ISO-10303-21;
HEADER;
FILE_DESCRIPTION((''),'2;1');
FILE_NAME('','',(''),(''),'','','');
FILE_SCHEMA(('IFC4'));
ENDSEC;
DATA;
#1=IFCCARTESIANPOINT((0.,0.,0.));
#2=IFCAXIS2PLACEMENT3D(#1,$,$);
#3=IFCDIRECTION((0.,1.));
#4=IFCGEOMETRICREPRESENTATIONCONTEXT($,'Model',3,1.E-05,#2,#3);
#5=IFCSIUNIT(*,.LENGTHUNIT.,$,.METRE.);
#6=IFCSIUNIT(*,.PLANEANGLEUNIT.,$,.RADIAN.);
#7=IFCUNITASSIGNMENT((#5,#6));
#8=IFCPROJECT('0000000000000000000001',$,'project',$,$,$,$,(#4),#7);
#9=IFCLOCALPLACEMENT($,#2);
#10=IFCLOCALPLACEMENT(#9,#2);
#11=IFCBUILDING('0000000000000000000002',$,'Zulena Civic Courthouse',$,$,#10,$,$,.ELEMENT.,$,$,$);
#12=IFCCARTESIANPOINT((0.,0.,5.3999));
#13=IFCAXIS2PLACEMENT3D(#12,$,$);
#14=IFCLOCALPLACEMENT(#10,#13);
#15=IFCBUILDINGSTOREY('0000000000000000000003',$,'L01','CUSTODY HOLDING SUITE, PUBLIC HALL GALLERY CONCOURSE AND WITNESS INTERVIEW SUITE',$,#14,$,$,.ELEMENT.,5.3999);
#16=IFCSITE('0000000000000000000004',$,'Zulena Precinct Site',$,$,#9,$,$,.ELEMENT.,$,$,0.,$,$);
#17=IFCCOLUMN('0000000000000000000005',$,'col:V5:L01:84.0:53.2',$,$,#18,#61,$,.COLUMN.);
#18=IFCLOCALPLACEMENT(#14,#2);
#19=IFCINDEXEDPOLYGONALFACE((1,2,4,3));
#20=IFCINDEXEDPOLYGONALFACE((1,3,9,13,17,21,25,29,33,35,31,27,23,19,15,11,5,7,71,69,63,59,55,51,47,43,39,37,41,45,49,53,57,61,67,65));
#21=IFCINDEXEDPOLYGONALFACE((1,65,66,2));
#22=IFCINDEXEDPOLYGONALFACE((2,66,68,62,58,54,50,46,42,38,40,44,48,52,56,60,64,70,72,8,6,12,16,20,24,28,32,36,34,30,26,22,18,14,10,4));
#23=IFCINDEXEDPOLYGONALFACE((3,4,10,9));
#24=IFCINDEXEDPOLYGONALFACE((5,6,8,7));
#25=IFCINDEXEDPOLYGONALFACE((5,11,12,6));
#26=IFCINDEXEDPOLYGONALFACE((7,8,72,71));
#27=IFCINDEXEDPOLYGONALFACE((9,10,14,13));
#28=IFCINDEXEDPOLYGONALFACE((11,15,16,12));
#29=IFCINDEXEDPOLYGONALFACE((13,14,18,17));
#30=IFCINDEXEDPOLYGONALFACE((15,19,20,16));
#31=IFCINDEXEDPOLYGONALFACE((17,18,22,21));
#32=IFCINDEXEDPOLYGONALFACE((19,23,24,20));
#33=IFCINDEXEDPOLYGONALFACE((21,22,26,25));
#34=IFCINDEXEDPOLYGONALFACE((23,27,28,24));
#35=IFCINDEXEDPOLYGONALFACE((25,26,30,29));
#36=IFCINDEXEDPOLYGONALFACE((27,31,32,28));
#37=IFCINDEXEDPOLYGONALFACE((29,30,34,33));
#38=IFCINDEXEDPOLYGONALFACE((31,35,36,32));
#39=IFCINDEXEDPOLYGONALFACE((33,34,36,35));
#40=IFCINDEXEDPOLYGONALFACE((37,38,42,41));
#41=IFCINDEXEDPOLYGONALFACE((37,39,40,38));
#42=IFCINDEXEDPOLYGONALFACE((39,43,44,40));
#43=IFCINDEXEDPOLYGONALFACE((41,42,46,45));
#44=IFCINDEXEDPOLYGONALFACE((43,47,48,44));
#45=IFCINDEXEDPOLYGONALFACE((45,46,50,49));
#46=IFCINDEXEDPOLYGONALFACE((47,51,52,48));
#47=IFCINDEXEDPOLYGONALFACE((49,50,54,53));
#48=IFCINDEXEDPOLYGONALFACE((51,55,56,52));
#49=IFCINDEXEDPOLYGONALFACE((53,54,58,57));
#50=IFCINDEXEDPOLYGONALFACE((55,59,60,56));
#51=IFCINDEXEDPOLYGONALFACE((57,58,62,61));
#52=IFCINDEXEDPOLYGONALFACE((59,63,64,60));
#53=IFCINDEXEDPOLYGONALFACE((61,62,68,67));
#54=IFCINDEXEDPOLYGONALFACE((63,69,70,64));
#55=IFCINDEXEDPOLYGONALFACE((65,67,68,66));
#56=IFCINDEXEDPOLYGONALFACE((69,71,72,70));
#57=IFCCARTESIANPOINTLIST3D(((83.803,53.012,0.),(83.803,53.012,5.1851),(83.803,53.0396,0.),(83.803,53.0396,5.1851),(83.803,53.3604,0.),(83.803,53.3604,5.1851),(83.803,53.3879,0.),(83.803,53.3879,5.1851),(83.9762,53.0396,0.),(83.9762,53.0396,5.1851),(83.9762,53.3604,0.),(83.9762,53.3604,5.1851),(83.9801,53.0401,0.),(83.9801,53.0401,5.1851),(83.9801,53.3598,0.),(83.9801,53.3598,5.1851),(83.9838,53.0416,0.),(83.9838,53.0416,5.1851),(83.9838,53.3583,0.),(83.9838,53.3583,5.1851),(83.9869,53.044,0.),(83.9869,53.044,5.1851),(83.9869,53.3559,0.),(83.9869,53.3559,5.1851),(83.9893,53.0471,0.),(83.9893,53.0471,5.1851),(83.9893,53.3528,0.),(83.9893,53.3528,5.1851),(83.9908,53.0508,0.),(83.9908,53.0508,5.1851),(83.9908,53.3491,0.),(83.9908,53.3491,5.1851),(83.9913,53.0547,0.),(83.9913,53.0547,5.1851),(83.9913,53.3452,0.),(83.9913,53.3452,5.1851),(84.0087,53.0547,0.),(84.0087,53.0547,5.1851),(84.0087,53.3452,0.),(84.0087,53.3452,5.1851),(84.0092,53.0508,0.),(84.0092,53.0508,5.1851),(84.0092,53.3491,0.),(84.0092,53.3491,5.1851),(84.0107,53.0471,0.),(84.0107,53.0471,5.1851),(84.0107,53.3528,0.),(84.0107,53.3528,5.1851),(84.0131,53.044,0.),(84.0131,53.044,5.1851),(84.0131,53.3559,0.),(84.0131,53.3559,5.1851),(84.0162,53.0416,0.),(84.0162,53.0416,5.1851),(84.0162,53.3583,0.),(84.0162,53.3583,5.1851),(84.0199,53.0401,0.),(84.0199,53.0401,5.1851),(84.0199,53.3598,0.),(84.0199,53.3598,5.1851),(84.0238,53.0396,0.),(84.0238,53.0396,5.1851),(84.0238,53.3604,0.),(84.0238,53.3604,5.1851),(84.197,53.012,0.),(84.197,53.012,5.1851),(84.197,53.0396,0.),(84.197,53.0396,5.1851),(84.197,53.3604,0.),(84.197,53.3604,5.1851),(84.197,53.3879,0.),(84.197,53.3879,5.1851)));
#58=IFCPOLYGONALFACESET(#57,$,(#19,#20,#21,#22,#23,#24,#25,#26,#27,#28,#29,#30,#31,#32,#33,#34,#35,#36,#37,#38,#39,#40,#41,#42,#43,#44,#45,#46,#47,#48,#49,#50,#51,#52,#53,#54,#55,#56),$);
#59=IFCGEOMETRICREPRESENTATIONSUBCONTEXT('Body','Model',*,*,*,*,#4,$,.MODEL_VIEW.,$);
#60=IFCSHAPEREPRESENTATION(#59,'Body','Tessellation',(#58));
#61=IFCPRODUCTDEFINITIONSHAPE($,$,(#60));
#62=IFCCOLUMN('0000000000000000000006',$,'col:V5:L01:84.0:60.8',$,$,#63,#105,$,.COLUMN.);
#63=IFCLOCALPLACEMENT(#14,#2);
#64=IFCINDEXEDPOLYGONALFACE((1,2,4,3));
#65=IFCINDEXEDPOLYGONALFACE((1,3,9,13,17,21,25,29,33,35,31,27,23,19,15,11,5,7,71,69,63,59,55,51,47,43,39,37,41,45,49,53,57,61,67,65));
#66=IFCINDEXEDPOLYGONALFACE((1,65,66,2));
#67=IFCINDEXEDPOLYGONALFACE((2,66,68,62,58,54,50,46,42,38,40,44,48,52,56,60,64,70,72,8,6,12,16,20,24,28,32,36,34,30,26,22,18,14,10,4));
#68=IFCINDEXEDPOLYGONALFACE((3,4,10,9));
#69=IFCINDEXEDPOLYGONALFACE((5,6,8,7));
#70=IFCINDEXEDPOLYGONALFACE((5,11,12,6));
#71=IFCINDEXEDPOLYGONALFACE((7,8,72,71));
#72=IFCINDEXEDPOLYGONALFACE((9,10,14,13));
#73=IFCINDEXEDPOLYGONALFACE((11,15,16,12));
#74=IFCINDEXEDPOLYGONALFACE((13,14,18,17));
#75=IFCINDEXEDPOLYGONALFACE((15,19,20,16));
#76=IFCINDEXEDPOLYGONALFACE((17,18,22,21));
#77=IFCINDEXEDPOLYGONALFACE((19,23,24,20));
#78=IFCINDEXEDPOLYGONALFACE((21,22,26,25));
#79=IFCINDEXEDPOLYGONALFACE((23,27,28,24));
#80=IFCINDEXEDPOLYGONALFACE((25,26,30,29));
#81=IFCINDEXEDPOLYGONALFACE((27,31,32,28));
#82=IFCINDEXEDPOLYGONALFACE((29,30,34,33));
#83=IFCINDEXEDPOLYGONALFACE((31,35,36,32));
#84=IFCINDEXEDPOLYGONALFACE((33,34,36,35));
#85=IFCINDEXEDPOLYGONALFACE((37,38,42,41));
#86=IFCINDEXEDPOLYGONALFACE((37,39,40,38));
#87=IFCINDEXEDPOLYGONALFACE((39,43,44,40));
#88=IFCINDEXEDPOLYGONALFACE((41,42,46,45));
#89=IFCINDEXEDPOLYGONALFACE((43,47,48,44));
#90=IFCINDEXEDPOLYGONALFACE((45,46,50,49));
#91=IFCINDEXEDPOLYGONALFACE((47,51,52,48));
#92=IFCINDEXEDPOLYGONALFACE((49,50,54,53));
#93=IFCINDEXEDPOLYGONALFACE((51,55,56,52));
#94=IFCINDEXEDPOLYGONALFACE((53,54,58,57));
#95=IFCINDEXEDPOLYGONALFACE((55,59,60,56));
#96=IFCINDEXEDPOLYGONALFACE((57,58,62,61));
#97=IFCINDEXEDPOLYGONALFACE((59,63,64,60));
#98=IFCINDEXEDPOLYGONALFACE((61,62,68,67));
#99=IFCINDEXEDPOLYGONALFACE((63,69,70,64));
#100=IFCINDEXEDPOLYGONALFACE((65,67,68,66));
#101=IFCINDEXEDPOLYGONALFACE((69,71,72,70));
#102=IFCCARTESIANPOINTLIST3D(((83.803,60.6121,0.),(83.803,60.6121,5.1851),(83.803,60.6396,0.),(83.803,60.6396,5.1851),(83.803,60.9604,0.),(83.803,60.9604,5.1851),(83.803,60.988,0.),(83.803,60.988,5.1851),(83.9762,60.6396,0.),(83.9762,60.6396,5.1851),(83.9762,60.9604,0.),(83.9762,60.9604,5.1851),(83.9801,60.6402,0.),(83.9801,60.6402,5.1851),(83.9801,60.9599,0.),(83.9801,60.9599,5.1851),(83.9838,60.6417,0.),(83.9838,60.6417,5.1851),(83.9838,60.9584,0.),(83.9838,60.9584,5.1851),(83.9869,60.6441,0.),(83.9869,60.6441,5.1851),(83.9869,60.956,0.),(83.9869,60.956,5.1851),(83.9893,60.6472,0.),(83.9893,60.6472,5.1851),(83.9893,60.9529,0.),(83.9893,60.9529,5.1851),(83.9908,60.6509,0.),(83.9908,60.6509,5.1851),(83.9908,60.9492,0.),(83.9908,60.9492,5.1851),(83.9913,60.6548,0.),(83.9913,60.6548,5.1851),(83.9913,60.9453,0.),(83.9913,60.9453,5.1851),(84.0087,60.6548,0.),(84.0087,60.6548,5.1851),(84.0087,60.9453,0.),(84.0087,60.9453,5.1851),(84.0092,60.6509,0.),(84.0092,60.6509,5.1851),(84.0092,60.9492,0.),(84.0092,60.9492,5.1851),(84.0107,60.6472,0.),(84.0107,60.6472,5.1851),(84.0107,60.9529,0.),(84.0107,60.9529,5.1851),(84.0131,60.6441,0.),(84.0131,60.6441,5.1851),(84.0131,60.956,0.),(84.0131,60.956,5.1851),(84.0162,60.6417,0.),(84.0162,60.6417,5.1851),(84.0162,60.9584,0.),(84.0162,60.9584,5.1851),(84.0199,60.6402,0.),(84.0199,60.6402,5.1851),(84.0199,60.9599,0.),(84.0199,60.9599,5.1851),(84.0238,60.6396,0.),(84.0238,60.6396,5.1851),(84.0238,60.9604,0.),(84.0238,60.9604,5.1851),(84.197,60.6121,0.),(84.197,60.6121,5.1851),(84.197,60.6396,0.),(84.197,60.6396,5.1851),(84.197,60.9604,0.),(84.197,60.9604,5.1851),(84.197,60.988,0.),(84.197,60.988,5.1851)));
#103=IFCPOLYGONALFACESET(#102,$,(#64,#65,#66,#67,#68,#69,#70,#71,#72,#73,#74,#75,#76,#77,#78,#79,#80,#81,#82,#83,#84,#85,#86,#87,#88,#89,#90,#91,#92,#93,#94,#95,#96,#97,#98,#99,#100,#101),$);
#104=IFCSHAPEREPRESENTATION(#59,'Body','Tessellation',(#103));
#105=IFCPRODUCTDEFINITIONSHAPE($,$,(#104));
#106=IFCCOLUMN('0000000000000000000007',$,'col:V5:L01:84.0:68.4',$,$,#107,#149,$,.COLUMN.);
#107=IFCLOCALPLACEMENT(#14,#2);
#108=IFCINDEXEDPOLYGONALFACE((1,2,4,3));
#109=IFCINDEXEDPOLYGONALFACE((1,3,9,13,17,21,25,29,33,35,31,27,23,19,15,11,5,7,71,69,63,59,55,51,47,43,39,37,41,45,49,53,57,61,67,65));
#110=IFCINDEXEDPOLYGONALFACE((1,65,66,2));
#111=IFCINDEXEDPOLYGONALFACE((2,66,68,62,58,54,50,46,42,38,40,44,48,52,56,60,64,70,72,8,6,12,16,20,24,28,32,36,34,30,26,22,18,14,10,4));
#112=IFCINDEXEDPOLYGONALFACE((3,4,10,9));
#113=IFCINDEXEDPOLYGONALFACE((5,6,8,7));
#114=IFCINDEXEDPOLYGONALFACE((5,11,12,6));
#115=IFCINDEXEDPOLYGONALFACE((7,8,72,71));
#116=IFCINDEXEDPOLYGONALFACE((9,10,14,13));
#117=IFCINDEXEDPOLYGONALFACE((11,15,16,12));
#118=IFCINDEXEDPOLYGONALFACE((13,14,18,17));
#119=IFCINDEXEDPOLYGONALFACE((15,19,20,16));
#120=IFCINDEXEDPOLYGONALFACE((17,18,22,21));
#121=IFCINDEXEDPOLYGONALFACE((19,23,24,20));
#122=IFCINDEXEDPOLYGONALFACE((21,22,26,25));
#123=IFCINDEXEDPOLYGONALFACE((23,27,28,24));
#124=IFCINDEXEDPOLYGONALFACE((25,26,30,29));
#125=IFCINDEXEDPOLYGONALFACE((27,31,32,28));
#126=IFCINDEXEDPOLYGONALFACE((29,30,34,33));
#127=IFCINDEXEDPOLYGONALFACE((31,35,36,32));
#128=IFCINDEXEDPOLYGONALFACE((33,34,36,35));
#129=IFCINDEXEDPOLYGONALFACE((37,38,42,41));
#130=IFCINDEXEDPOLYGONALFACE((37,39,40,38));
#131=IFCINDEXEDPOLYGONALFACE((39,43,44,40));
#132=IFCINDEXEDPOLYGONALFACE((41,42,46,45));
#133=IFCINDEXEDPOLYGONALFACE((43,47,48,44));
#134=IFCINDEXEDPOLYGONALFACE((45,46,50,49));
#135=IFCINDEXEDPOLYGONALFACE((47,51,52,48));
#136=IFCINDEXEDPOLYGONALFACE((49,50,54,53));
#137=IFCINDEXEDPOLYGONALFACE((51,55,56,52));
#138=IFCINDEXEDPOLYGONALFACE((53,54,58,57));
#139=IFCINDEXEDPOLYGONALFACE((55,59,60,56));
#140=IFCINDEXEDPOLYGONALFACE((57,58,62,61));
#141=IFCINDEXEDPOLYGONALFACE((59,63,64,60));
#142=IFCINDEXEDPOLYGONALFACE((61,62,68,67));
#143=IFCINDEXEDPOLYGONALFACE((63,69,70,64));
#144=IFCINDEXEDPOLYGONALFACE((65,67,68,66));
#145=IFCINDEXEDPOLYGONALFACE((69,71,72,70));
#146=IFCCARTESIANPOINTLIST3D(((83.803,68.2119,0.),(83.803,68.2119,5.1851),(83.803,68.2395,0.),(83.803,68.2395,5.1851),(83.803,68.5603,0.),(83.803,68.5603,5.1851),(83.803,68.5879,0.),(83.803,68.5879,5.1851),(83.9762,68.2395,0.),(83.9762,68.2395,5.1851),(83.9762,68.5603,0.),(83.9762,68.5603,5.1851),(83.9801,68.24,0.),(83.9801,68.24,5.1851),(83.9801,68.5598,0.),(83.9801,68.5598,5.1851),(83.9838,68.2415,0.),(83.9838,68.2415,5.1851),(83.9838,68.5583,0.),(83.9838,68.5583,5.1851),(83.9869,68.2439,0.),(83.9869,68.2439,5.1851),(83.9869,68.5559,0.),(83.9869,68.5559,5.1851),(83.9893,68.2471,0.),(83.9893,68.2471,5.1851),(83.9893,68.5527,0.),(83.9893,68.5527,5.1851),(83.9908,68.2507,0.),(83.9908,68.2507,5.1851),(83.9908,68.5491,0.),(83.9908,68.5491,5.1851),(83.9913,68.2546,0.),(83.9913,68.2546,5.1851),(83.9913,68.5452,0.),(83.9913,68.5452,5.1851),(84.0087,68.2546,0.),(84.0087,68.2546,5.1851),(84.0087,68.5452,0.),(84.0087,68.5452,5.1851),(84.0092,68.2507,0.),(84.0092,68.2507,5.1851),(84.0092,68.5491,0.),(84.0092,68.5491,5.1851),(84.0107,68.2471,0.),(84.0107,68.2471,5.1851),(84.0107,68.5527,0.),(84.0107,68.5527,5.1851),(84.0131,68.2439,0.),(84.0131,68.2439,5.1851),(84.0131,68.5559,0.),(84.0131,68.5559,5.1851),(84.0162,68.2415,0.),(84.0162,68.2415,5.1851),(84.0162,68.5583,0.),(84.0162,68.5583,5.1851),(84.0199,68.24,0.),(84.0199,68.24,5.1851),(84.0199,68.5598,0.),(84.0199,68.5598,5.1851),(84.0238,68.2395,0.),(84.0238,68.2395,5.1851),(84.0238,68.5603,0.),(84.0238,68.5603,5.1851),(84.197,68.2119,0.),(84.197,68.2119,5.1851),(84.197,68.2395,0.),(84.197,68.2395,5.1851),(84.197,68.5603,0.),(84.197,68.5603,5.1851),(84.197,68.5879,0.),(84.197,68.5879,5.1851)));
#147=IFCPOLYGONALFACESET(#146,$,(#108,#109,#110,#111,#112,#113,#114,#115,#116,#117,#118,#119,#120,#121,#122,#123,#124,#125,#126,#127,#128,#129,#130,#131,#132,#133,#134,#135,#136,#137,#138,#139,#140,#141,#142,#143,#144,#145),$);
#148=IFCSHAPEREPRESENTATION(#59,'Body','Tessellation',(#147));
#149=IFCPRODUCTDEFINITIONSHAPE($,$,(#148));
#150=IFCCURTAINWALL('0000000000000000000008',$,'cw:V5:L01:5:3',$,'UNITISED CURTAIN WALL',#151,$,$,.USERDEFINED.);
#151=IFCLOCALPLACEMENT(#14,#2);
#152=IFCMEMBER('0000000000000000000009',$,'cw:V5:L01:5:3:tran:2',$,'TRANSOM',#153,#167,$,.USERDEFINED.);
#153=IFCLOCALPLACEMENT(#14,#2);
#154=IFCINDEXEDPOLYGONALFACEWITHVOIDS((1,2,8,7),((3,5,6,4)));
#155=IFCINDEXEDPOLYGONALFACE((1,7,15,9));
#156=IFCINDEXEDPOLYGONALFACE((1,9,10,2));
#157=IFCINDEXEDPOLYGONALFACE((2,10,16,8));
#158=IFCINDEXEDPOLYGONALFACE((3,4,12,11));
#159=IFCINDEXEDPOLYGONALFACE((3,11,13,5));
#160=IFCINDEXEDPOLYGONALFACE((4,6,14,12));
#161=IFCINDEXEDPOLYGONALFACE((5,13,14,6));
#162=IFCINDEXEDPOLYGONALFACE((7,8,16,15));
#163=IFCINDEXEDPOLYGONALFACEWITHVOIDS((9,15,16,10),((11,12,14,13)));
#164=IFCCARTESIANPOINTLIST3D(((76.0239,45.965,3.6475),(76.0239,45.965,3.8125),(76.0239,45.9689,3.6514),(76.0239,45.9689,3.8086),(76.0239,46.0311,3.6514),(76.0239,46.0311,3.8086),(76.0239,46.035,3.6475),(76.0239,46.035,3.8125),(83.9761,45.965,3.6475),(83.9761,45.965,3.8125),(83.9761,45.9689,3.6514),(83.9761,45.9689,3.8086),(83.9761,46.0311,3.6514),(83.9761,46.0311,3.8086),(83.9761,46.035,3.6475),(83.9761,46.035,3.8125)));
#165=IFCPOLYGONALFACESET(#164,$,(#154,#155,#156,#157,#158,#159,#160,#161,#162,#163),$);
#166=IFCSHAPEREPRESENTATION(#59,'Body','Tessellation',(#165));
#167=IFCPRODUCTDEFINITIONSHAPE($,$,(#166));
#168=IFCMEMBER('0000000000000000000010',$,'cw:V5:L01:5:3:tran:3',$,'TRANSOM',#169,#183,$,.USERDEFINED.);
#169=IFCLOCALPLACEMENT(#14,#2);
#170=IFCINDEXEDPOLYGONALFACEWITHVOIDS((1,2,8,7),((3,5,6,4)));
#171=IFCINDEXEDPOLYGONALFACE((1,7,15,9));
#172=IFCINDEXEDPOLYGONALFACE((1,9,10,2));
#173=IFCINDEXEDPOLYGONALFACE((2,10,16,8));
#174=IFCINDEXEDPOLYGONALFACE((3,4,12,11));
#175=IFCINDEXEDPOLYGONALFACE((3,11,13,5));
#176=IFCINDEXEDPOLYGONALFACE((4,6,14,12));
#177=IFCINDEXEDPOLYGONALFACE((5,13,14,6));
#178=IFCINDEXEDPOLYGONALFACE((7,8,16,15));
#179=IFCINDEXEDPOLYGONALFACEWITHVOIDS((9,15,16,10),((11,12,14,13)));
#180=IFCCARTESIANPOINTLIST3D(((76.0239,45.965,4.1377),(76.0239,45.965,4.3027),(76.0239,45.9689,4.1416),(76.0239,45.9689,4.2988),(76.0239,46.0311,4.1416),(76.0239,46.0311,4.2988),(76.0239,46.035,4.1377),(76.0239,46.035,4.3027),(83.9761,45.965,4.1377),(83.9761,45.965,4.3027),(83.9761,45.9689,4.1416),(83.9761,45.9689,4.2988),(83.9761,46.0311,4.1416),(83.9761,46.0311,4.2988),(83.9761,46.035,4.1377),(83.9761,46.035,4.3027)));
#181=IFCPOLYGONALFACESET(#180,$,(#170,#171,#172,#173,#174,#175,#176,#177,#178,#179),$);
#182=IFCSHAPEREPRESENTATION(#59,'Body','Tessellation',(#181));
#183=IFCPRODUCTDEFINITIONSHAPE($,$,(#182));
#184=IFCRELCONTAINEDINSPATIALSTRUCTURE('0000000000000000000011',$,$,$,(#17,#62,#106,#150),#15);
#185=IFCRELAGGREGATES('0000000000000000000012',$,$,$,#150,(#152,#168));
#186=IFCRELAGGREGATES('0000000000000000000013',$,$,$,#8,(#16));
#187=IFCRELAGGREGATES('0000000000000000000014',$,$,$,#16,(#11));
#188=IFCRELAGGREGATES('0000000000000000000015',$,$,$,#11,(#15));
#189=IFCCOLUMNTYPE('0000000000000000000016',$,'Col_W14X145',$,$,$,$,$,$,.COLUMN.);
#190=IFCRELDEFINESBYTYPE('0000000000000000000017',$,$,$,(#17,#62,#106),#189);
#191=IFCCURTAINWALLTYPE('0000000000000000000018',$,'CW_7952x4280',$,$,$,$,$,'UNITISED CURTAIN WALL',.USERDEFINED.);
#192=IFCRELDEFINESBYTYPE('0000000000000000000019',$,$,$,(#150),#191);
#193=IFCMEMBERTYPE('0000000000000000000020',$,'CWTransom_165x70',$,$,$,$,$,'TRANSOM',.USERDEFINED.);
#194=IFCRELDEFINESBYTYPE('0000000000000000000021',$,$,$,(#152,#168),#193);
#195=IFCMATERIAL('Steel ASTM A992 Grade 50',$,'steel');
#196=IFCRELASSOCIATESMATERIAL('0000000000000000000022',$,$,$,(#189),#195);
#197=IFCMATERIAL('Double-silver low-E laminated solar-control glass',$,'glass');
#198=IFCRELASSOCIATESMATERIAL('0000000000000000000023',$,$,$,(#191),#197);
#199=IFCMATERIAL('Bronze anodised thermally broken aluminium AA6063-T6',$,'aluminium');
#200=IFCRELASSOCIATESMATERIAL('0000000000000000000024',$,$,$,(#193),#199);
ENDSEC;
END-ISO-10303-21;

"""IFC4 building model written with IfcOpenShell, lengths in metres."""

from ifc_helpers import new_model, si_unit, direction, frame, origin, origin_2d, place, context, subcontext, project, spatial, hollow_rectangle, i_section, extrude, material, material_profile, profile_set, type_object, element, aggregate, save


model = new_model("IFC4")

# Units and contexts
model_context = context("Model", 3, precision=1e-05, world=origin(), true_north=direction((0.0, 1.0)))
body_context = subcontext(model_context, "Body", "Model", "MODEL_VIEW")
ifc_project = project(units=[si_unit("LENGTHUNIT", "METRE"), si_unit("PLANEANGLEUNIT", "RADIAN")], contexts=[model_context])

# Site, building, storey
site_placement = place(None, origin())
site = spatial("IfcSite", under=ifc_project, at=site_placement, Name="Zulena Precinct Site", CompositionType="ELEMENT", RefElevation=0.0)
building_placement = place(site_placement, origin())
building = spatial("IfcBuilding", under=site, at=building_placement, Name="Zulena Civic Courthouse", CompositionType="ELEMENT")
storey_placement = place(building_placement, frame((0.0, 0.0, 5.3999)))
storey = spatial("IfcBuildingStorey", under=building, at=storey_placement, Name="L01", Description="CUSTODY HOLDING SUITE, PUBLIC HALL GALLERY CONCOURSE AND WITNESS INTERVIEW SUITE", CompositionType="ELEMENT", Elevation=5.3999)

# Columns
ifc_material_1 = material(Name="Steel ASTM A992 Grade 50", Category="steel")
ifc_material_profile_1 = material_profile(ifc_material_1, i_section(OverallWidth=0.394, OverallDepth=0.376, WebThickness=0.0173, FlangeThickness=0.0276, FilletRadius=0.0151, at=origin_2d()), Name="W14X145")
ifc_profile_set_1 = profile_set([ifc_material_profile_1], Name="Steel ASTM A992 Grade 50")
column_type_1 = type_object("IfcColumnType", Name="Col_W14X145", PredefinedType="COLUMN", material=ifc_profile_set_1)
for number, where, z_axis, x_axis, name in (
    (1, (84.0, 53.2, 0.0), (0.0, 0.0, 1.0), (1.0, 0.0, 0.0), "col:V5:L01:84.0:53.2"),
    (2, (84.0, 60.8, 0.0), (0.0, 0.0, 1.0), (1.0, 0.0, 0.0), "col:V5:L01:84.0:60.8"),
    (3, (84.0, 68.3999, 0.0), (0.0, 0.0, 1.0), (1.0, 0.0, 0.0), "col:V5:L01:84.0:68.4"),
):
    element("IfcColumn", number, at=place(storey_placement, frame(where, z_axis=z_axis, x_axis=x_axis)), inside=storey, type_object=column_type_1, Name=name, PredefinedType="COLUMN", context=body_context, shape_type="SweptSolid", body=[
        extrude(i_section(OverallWidth=0.394, OverallDepth=0.376, WebThickness=0.0173, FlangeThickness=0.0276, FilletRadius=0.0151, at=origin_2d()), origin(), (0.0, 0.0, 1.0), 5.1851),
    ])

# Curtain wall, members
ifc_material_2 = material(Name="Double-silver low-E laminated solar-control glass", Category="glass")
curtain_wall_type = type_object("IfcCurtainWallType", Name="CW_7952x4280", ElementType="UNITISED CURTAIN WALL", PredefinedType="USERDEFINED", material=ifc_material_2)
curtain_wall_placement = place(storey_placement, origin())
curtain_wall = element("IfcCurtainWall", 4, at=curtain_wall_placement, inside=storey, type_object=curtain_wall_type, Name="cw:V5:L01:5:3", ObjectType="UNITISED CURTAIN WALL", PredefinedType="USERDEFINED")
ifc_material_3 = material(Name="Bronze anodised thermally broken aluminium AA6063-T6", Category="aluminium")
ifc_material_profile_2 = material_profile(ifc_material_3, hollow_rectangle(XDim=0.0701, YDim=0.165, WallThickness=0.0039, at=origin_2d()), Name="CWT165X70X4")
ifc_profile_set_2 = profile_set([ifc_material_profile_2], Name="Bronze anodised thermally broken aluminium AA6063-T6")
member_type = type_object("IfcMemberType", Name="CWTransom_165x70", ElementType="TRANSOM", PredefinedType="USERDEFINED", material=ifc_profile_set_2)
member_1_placement = place(storey_placement, frame((83.9761, 46.0, 3.73), z_axis=(-1.0, 0.0, 0.0), x_axis=(0.0, -1.0, 0.0)))
member_1 = element("IfcMember", 5, at=member_1_placement, type_object=member_type, Name="cw:V5:L01:5:3:tran:2", ObjectType="TRANSOM", PredefinedType="USERDEFINED", context=body_context, shape_type="SweptSolid", body=[
    extrude(hollow_rectangle(XDim=0.0701, YDim=0.165, WallThickness=0.0039, at=origin_2d()), origin(), (0.0, 0.0, 1.0), 7.9521),
])
member_2_placement = place(storey_placement, frame((83.9761, 46.0, 4.2202), z_axis=(-1.0, 0.0, 0.0), x_axis=(0.0, -1.0, 0.0)))
member_2 = element("IfcMember", 6, at=member_2_placement, type_object=member_type, Name="cw:V5:L01:5:3:tran:3", ObjectType="TRANSOM", PredefinedType="USERDEFINED", context=body_context, shape_type="SweptSolid", body=[
    extrude(hollow_rectangle(XDim=0.0701, YDim=0.165, WallThickness=0.0039, at=origin_2d()), origin(), (0.0, 0.0, 1.0), 7.9521),
])
aggregate(curtain_wall, [member_1, member_2])

save(model, "model.ifc")
